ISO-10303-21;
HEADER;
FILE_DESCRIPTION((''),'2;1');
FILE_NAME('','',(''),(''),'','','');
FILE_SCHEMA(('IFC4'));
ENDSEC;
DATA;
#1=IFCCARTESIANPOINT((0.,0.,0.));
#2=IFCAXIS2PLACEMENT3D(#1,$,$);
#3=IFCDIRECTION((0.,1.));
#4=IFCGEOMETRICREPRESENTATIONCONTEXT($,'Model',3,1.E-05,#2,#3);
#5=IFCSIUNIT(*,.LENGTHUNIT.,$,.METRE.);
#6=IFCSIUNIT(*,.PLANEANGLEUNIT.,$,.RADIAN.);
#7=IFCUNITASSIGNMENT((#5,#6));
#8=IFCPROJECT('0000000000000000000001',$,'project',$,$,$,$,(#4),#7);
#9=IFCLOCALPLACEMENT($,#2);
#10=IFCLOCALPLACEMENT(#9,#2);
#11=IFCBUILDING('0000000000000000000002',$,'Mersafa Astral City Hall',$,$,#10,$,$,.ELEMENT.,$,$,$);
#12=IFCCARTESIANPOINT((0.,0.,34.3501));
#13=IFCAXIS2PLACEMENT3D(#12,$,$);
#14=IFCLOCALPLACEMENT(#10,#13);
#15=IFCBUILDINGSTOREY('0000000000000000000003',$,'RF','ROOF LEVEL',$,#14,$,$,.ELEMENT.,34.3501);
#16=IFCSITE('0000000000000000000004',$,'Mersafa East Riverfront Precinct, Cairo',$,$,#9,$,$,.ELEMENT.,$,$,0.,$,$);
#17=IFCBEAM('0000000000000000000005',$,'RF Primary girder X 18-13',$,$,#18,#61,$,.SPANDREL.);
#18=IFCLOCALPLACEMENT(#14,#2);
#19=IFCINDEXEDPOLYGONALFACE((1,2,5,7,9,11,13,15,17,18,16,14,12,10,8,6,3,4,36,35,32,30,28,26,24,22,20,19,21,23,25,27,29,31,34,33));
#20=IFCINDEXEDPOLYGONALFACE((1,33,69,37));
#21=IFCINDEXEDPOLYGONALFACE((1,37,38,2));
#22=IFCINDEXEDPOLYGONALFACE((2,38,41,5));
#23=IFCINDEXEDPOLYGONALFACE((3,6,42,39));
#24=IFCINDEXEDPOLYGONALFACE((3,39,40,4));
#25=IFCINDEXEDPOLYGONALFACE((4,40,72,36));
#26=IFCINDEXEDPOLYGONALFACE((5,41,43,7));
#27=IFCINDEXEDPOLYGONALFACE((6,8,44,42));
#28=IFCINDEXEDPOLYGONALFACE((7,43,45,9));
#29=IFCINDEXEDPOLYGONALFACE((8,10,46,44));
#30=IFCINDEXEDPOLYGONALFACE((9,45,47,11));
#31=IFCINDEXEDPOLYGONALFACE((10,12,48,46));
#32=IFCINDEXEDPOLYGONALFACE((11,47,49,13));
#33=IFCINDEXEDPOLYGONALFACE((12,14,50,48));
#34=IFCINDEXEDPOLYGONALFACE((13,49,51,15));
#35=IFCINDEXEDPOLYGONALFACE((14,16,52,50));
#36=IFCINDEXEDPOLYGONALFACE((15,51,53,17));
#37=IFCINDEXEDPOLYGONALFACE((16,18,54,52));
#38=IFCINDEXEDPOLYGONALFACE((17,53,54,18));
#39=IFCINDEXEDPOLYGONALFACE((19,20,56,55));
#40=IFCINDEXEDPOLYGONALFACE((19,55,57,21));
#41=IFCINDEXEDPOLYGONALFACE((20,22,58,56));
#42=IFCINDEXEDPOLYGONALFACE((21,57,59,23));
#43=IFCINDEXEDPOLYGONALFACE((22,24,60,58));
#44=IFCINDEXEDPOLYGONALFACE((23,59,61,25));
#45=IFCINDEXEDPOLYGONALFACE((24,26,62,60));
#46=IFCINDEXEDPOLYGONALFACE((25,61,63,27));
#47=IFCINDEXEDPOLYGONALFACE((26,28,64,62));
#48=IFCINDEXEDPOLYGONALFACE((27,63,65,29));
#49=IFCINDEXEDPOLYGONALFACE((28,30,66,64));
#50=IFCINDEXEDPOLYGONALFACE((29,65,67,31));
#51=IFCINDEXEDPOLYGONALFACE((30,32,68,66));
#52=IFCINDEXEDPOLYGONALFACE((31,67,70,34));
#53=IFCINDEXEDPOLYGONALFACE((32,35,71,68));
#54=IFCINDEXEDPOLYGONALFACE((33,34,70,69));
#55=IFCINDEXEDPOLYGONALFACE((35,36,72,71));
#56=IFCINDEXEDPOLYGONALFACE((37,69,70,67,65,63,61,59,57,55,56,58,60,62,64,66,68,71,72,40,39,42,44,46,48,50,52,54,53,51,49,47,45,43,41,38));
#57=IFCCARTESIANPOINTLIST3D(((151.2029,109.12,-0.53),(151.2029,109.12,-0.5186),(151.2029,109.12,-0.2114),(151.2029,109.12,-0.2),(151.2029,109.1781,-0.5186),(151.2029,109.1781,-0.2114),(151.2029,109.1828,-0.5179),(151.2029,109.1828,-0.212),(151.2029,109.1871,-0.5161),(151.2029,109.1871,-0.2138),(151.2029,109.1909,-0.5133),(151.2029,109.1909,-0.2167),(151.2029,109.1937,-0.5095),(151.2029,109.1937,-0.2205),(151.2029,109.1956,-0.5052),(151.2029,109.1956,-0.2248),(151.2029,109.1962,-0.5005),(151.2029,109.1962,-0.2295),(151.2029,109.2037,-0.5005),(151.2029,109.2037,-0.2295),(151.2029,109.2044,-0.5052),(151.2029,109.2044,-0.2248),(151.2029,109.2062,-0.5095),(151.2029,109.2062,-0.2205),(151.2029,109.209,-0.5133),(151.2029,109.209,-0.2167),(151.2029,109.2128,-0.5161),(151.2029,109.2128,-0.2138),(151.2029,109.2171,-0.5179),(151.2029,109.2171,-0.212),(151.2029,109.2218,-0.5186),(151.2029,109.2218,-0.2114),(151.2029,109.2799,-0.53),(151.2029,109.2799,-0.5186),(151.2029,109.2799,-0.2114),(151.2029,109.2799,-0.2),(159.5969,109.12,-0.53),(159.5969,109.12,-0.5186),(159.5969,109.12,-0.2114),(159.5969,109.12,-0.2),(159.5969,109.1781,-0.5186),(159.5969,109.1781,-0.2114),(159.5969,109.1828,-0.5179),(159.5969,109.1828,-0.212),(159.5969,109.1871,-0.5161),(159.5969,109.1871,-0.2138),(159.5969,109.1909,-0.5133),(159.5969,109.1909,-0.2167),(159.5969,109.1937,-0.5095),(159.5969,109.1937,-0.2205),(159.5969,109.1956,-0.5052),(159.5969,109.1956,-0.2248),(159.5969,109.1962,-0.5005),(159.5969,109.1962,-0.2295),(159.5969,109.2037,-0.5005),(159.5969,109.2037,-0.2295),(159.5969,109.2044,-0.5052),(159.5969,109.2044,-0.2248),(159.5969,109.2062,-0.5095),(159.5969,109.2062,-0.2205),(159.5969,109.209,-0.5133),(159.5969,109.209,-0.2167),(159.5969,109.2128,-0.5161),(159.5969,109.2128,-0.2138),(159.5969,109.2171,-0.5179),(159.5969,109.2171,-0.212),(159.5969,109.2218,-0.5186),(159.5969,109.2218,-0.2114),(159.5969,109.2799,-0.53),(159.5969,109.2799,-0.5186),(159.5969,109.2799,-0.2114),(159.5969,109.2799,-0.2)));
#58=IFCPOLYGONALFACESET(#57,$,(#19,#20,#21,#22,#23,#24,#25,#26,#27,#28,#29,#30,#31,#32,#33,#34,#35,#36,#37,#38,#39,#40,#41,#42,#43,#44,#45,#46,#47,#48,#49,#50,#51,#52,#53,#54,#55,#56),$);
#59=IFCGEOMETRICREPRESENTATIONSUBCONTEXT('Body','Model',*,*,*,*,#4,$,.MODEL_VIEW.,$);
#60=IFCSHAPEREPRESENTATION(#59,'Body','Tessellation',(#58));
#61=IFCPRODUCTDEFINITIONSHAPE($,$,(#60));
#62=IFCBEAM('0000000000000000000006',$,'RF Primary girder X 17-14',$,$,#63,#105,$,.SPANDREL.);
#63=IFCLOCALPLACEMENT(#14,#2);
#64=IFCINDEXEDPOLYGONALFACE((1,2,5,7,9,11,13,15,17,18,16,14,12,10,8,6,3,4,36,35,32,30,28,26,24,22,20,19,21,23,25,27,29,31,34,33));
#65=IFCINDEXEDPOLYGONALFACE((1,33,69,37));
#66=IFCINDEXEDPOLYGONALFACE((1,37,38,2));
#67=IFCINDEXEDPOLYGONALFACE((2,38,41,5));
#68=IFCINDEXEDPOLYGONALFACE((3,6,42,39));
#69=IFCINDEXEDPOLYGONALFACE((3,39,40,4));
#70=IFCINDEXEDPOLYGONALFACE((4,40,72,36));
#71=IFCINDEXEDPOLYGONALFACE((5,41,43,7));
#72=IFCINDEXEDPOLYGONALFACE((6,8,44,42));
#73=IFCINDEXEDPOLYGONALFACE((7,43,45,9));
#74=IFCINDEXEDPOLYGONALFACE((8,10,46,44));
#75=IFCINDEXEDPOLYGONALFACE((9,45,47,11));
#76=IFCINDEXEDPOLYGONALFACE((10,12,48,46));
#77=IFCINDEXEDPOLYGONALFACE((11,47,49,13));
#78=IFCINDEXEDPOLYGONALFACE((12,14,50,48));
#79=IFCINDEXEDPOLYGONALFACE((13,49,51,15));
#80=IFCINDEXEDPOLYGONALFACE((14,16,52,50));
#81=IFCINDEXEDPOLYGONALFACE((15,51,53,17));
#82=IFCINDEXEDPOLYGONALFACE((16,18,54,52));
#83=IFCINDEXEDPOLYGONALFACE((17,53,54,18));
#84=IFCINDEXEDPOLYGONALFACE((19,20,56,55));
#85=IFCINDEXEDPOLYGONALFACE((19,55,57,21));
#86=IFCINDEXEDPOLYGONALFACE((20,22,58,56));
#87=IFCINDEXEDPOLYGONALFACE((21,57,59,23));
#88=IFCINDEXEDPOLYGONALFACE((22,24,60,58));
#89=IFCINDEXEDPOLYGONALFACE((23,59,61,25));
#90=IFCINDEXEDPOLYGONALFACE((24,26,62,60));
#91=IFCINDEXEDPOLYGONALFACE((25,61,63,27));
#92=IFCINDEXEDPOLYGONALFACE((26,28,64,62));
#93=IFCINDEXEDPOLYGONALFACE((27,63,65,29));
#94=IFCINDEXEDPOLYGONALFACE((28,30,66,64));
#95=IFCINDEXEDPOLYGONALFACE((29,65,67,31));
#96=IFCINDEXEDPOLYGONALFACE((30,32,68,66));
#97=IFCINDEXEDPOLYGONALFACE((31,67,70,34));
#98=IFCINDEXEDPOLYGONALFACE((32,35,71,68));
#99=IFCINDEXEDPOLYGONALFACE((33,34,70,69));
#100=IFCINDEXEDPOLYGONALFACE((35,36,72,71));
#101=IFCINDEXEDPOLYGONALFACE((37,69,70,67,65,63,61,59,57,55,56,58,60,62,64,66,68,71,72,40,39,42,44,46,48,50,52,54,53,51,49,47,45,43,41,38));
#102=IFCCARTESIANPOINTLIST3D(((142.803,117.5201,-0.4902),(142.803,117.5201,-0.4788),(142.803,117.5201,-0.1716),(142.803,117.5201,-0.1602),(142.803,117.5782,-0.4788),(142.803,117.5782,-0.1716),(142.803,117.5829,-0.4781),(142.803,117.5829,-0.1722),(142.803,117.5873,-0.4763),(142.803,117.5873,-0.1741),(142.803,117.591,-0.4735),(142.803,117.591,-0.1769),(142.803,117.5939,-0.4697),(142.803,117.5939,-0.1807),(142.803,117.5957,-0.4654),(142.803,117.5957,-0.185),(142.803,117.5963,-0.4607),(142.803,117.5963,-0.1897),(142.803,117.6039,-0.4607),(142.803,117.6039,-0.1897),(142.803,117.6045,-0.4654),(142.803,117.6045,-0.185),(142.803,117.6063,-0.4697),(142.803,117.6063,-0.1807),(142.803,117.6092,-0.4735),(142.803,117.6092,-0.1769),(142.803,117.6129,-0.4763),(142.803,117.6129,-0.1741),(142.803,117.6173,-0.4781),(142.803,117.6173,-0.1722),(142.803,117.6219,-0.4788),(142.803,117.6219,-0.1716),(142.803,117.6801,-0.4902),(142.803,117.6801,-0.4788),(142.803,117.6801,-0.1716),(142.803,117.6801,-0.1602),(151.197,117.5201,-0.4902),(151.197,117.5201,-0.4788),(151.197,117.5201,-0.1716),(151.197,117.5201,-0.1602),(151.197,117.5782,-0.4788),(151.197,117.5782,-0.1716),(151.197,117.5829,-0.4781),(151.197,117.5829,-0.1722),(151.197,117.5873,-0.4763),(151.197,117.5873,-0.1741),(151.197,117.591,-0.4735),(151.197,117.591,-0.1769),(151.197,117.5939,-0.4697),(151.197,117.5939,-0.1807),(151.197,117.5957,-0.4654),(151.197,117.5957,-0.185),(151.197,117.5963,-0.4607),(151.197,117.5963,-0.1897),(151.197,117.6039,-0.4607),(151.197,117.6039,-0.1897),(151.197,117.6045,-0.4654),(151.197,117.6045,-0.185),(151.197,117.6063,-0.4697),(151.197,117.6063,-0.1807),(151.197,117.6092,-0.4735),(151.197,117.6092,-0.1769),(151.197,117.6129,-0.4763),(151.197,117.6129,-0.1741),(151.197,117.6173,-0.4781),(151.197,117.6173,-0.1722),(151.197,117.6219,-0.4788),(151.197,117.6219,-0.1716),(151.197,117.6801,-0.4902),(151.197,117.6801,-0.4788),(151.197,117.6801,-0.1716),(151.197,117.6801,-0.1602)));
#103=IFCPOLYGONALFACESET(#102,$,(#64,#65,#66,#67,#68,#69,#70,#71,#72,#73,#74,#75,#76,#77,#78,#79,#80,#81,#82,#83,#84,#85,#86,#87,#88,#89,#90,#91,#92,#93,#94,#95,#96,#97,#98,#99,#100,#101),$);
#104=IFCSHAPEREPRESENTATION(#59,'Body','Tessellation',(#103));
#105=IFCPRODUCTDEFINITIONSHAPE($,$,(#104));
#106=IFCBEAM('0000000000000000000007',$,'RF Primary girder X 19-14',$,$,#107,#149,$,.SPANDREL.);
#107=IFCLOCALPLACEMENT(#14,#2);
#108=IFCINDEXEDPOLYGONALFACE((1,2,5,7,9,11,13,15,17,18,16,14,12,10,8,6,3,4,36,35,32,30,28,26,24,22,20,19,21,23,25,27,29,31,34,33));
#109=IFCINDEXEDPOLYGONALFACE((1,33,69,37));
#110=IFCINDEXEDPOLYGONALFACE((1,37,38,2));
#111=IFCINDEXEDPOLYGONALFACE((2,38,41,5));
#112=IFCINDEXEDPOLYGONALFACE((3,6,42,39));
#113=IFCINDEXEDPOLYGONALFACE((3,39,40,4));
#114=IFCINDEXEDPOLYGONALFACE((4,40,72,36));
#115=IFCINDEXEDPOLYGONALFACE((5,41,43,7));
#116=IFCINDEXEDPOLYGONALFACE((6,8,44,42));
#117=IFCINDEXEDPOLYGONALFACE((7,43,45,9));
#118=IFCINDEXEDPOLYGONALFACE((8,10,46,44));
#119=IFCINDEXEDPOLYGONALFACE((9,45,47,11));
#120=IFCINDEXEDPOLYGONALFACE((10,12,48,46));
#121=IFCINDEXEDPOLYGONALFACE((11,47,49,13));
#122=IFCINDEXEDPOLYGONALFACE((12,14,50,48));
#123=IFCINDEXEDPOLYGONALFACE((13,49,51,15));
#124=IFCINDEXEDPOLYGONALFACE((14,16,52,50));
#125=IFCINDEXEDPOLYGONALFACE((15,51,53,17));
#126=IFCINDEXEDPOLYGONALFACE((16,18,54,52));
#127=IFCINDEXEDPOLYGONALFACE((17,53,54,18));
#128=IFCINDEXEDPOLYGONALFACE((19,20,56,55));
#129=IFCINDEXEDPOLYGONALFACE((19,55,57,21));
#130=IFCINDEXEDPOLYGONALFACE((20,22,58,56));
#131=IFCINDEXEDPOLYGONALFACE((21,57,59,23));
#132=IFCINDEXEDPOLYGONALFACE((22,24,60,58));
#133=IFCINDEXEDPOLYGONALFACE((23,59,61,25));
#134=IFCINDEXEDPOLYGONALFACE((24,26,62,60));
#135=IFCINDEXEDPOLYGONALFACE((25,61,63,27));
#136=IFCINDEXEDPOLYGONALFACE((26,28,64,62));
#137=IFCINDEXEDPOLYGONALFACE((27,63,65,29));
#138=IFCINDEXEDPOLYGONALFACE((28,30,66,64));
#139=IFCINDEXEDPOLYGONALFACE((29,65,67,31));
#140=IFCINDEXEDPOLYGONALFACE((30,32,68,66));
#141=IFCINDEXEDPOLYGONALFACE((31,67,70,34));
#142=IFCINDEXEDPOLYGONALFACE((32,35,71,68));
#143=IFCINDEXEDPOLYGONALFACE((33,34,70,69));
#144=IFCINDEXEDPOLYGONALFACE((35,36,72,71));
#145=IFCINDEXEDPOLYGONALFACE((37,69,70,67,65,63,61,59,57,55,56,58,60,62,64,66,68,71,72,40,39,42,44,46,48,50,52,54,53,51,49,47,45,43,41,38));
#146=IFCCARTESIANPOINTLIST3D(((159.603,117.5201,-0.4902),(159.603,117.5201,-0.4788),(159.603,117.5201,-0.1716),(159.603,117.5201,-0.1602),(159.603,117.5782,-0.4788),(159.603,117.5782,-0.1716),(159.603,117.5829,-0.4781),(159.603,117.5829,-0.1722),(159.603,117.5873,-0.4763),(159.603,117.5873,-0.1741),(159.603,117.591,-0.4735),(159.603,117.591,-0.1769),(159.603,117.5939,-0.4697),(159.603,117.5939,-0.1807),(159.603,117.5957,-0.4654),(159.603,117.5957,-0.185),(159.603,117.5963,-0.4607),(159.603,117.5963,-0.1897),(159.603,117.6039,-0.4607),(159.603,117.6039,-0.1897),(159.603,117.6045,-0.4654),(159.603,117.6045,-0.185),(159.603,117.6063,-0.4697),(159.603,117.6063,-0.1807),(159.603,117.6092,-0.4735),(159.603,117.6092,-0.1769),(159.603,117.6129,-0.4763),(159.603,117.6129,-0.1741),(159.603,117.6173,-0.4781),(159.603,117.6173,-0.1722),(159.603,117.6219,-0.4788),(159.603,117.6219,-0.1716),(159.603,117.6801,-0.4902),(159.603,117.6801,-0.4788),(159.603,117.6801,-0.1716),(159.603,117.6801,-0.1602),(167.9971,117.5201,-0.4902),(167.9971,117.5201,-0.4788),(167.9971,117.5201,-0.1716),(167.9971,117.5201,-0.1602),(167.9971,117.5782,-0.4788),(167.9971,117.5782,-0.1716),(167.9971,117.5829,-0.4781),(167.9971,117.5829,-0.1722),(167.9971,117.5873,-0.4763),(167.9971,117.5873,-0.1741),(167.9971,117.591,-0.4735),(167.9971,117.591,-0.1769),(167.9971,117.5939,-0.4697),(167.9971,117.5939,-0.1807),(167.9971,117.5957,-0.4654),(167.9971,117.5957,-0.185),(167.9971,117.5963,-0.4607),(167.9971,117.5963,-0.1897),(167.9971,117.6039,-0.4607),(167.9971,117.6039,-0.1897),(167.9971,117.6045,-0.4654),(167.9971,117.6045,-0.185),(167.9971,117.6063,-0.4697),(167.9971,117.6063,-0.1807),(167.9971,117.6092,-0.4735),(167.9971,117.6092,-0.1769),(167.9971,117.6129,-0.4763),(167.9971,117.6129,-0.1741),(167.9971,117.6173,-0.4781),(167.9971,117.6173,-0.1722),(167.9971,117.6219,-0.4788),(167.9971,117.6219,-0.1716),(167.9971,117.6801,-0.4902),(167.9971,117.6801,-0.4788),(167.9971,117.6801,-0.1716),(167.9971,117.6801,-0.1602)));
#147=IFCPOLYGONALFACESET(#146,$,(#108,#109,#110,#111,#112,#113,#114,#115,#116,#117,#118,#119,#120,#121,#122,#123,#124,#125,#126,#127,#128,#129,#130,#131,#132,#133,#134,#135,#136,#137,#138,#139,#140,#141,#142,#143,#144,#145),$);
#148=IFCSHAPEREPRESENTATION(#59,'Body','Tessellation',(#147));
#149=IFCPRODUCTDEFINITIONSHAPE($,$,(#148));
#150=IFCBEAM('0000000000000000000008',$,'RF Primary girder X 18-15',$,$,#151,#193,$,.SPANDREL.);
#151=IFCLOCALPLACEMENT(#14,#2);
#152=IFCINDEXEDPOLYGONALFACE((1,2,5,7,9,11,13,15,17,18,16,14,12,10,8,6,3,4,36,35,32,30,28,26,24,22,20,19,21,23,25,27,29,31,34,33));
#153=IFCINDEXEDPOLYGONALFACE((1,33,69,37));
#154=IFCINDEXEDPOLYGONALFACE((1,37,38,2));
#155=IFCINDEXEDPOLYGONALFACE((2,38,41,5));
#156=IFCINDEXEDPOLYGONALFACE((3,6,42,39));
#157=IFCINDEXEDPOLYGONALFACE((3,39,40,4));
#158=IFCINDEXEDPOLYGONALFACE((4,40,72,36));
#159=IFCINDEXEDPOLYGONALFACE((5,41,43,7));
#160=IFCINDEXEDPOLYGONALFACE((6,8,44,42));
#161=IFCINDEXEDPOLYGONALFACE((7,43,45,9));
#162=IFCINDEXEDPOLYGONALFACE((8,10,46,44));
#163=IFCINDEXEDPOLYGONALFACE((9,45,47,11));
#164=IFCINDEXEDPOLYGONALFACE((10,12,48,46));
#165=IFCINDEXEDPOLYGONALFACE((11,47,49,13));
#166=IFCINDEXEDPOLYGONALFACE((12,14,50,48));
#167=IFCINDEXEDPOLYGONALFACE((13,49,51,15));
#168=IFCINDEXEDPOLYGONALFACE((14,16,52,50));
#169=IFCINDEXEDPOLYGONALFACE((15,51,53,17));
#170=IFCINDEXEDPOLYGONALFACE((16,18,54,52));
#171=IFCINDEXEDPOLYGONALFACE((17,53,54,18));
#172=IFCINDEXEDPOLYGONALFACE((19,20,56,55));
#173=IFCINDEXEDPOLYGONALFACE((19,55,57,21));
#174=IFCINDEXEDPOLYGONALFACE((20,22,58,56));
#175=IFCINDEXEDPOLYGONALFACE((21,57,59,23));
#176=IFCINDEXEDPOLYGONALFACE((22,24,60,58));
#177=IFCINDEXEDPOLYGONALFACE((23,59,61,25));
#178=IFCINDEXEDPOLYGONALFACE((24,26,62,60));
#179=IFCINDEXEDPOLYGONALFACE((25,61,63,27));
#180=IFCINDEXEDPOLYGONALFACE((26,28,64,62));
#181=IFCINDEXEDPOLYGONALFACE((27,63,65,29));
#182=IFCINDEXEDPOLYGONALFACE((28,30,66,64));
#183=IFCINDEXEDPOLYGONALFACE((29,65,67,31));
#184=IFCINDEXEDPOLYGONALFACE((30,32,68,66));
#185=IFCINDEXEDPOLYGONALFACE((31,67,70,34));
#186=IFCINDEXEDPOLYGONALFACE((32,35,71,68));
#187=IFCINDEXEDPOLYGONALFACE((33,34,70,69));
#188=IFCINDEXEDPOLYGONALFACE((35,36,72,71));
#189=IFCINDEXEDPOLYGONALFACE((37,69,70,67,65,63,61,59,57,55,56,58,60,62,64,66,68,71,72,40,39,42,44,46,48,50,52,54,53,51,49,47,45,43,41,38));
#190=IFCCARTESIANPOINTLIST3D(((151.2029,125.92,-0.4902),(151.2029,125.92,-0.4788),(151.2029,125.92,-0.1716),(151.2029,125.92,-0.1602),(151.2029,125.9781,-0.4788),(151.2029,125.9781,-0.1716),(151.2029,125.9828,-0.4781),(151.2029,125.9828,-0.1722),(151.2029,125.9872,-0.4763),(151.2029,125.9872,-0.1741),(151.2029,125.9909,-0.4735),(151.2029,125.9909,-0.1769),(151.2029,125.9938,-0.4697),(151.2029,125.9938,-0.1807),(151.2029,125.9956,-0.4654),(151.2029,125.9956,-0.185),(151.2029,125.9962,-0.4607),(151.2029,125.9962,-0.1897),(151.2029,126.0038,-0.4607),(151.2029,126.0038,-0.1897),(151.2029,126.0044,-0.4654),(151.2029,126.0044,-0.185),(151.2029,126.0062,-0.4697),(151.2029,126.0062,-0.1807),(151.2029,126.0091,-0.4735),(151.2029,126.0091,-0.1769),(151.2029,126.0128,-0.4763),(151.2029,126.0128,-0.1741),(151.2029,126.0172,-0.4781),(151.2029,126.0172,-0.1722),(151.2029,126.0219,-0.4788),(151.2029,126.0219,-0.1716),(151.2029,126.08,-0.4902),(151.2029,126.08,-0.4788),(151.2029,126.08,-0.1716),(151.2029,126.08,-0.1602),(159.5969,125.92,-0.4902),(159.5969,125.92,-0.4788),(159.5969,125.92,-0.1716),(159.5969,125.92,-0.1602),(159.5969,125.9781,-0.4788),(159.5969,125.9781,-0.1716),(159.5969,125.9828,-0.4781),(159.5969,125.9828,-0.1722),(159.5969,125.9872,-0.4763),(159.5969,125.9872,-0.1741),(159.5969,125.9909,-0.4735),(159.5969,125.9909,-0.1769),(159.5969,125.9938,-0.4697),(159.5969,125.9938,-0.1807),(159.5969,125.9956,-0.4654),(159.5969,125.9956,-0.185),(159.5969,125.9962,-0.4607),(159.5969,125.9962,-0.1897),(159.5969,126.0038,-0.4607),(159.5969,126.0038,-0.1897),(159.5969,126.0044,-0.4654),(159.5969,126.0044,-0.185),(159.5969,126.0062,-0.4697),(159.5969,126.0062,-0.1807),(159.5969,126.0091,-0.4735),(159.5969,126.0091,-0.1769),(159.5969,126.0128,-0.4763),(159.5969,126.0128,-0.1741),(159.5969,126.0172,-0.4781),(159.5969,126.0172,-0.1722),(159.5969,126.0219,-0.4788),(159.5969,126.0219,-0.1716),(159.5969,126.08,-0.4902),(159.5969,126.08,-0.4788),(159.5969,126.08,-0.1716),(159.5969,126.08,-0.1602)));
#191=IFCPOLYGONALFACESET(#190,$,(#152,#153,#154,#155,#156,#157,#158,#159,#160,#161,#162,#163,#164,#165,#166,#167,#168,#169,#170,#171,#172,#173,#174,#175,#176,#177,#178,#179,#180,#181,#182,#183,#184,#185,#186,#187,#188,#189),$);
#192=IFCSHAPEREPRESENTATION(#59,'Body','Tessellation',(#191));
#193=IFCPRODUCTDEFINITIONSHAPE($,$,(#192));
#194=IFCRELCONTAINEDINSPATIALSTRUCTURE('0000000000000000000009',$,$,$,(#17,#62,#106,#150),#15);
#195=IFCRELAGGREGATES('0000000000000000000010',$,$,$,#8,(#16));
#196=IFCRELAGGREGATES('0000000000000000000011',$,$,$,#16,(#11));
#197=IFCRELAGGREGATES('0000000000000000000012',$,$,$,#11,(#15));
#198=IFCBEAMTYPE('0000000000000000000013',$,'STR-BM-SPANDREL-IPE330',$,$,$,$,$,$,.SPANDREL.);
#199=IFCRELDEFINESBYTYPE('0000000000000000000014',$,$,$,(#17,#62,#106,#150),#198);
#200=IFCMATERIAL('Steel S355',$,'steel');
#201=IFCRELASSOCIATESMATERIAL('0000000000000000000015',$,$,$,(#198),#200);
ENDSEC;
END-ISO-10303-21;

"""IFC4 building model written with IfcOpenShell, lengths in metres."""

from ifc_helpers import new_model, si_unit, direction, frame, origin, origin_2d, place, context, subcontext, project, spatial, i_section, extrude, material, material_profile, profile_set, type_object, element, save


model = new_model("IFC4")

# Units and contexts
model_context = context("Model", 3, precision=1e-05, world=origin(), true_north=direction((0.0, 1.0)))
body_context = subcontext(model_context, "Body", "Model", "MODEL_VIEW")
ifc_project = project(units=[si_unit("LENGTHUNIT", "METRE"), si_unit("PLANEANGLEUNIT", "RADIAN")], contexts=[model_context])

# Site, building, storey
site_placement = place(None, origin())
site = spatial("IfcSite", under=ifc_project, at=site_placement, Name="Mersafa East Riverfront Precinct, Cairo", CompositionType="ELEMENT", RefElevation=0.0)
building_placement = place(site_placement, origin())
building = spatial("IfcBuilding", under=site, at=building_placement, Name="Mersafa Astral City Hall", CompositionType="ELEMENT")
storey_placement = place(building_placement, frame((0.0, 0.0, 34.3501)))
storey = spatial("IfcBuildingStorey", under=building, at=storey_placement, Name="RF", Description="ROOF LEVEL", CompositionType="ELEMENT", Elevation=34.3501)

# Shared definitions
ifc_material_1 = material(Name="Steel S355", Category="steel")

# Beams
ifc_material_profile_1 = material_profile(ifc_material_1, i_section(OverallWidth=0.1599, OverallDepth=0.3301, WebThickness=0.0076, FlangeThickness=0.0115, FilletRadius=0.0181, at=origin_2d()), Name="IPE 330")
ifc_profile_set_1 = profile_set([ifc_material_profile_1], Name="Steel S355")
beam_type_1 = type_object("IfcBeamType", Name="STR-BM-SPANDREL-IPE330", PredefinedType="SPANDREL", material=ifc_profile_set_1)
for number, where, z_axis, x_axis, name in (
    (1, (151.2029, 109.2, -0.365), (1.0, 0.0, 0.0), (0.0, 1.0, 0.0), "RF Primary girder X 18-13"),
    (2, (142.803, 117.6001, -0.3252), (1.0, 0.0, 0.0), (0.0, 1.0, 0.0), "RF Primary girder X 17-14"),
    (3, (159.603, 117.6001, -0.3252), (1.0, 0.0, 0.0), (0.0, 1.0, 0.0), "RF Primary girder X 19-14"),
    (4, (151.2029, 126.0, -0.3252), (1.0, 0.0, 0.0), (0.0, 1.0, 0.0), "RF Primary girder X 18-15"),
):
    element("IfcBeam", number, at=place(storey_placement, frame(where, z_axis=z_axis, x_axis=x_axis)), inside=storey, type_object=beam_type_1, Name=name, PredefinedType="SPANDREL", context=body_context, shape_type="SweptSolid", body=[
        extrude(i_section(OverallWidth=0.1599, OverallDepth=0.3301, WebThickness=0.0076, FlangeThickness=0.0115, FilletRadius=0.0181, at=origin_2d()), origin(), (0.0, 0.0, 1.0), 8.394),
    ])

save(model, "model.ifc")
